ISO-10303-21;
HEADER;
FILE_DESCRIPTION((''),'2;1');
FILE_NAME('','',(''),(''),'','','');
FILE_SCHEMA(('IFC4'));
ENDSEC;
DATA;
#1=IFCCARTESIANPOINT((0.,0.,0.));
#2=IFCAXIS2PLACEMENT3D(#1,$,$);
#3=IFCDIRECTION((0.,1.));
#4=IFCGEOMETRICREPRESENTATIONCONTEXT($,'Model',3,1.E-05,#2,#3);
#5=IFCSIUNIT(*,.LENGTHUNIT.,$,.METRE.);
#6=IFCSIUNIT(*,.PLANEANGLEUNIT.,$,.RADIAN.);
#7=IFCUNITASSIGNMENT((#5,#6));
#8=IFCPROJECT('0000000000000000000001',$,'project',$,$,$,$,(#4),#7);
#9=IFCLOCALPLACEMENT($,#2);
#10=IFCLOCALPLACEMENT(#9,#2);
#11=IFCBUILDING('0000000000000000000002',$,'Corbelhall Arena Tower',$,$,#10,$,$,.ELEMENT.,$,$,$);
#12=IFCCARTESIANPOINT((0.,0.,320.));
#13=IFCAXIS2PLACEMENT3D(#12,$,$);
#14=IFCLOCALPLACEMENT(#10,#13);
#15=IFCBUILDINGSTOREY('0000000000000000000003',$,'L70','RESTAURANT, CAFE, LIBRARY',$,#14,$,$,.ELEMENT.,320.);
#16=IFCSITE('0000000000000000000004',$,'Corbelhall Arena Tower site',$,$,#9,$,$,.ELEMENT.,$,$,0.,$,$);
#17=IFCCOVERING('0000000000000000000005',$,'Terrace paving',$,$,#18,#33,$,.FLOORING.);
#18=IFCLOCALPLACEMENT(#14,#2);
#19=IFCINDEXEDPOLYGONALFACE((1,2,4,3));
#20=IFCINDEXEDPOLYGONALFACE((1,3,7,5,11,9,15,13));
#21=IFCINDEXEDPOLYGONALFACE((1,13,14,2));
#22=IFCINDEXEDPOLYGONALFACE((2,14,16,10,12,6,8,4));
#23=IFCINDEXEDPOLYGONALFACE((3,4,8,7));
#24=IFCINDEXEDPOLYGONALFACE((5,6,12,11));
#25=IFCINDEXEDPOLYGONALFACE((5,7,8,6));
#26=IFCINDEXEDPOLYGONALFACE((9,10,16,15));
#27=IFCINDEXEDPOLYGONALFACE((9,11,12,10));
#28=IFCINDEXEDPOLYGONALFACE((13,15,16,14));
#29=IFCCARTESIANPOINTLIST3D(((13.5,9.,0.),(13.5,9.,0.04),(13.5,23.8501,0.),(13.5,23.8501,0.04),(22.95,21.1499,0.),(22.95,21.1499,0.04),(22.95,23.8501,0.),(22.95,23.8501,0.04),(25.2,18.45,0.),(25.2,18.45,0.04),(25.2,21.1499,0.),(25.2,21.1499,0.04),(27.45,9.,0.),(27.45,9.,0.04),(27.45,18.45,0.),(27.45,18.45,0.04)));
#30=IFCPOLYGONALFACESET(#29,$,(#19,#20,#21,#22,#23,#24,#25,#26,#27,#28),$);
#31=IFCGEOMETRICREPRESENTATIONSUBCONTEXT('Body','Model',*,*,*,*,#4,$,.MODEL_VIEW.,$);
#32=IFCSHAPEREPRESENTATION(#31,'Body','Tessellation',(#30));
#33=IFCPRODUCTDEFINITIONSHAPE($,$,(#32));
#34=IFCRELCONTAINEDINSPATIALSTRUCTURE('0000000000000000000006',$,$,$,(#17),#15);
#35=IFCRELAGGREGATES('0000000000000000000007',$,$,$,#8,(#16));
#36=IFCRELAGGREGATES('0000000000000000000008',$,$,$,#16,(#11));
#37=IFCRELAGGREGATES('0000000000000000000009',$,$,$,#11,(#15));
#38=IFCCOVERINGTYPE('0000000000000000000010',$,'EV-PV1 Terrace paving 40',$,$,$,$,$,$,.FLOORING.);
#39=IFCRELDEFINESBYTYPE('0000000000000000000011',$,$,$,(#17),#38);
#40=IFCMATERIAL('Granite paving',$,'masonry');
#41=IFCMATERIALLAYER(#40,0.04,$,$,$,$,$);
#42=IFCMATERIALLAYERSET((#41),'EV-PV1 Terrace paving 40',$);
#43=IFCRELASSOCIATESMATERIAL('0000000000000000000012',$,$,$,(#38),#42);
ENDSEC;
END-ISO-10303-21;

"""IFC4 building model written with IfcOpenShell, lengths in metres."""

from ifc_helpers import new_model, si_unit, direction, frame, origin, place, context, subcontext, project, spatial, polyline, outline, extrude, material, layer, layer_set, type_object, element, save


model = new_model("IFC4")

# Units and contexts
model_context = context("Model", 3, precision=1e-05, world=origin(), true_north=direction((0.0, 1.0)))
body_context = subcontext(model_context, "Body", "Model", "MODEL_VIEW")
ifc_project = project(units=[si_unit("LENGTHUNIT", "METRE"), si_unit("PLANEANGLEUNIT", "RADIAN")], contexts=[model_context])

# Site, building, storey
site_placement = place(None, origin())
site = spatial("IfcSite", under=ifc_project, at=site_placement, Name="Corbelhall Arena Tower site", CompositionType="ELEMENT", RefElevation=0.0)
building_placement = place(site_placement, origin())
building = spatial("IfcBuilding", under=site, at=building_placement, Name="Corbelhall Arena Tower", CompositionType="ELEMENT")
storey_placement = place(building_placement, frame((0.0, 0.0, 320.0)))
storey = spatial("IfcBuildingStorey", under=building, at=storey_placement, Name="L70", Description="RESTAURANT, CAFE, LIBRARY", CompositionType="ELEMENT", Elevation=320.0)

# Covering
ifc_material_1 = material(Name="Granite paving", Category="masonry")
ifc_layer_1 = layer(ifc_material_1, 0.04)
ifc_layer_set_1 = layer_set([ifc_layer_1], Name="EV-PV1 Terrace paving 40")
covering_type = type_object("IfcCoveringType", Name="EV-PV1 Terrace paving 40", PredefinedType="FLOORING", material=ifc_layer_set_1)
covering_placement = place(storey_placement, origin())
element("IfcCovering", 1, at=covering_placement, inside=storey, type_object=covering_type, Name="Terrace paving", PredefinedType="FLOORING", context=body_context, shape_type="SweptSolid", body=[
    extrude(outline(polyline([(13.5, 9.0), (13.5, 23.8501), (22.95, 23.8501), (22.95, 21.1499), (25.2, 21.1499), (25.2, 18.45), (27.45, 18.45), (27.45, 9.0), (13.5, 9.0)])), origin(), (0.0, 0.0, 1.0), 0.04),
])

save(model, "model.ifc")
